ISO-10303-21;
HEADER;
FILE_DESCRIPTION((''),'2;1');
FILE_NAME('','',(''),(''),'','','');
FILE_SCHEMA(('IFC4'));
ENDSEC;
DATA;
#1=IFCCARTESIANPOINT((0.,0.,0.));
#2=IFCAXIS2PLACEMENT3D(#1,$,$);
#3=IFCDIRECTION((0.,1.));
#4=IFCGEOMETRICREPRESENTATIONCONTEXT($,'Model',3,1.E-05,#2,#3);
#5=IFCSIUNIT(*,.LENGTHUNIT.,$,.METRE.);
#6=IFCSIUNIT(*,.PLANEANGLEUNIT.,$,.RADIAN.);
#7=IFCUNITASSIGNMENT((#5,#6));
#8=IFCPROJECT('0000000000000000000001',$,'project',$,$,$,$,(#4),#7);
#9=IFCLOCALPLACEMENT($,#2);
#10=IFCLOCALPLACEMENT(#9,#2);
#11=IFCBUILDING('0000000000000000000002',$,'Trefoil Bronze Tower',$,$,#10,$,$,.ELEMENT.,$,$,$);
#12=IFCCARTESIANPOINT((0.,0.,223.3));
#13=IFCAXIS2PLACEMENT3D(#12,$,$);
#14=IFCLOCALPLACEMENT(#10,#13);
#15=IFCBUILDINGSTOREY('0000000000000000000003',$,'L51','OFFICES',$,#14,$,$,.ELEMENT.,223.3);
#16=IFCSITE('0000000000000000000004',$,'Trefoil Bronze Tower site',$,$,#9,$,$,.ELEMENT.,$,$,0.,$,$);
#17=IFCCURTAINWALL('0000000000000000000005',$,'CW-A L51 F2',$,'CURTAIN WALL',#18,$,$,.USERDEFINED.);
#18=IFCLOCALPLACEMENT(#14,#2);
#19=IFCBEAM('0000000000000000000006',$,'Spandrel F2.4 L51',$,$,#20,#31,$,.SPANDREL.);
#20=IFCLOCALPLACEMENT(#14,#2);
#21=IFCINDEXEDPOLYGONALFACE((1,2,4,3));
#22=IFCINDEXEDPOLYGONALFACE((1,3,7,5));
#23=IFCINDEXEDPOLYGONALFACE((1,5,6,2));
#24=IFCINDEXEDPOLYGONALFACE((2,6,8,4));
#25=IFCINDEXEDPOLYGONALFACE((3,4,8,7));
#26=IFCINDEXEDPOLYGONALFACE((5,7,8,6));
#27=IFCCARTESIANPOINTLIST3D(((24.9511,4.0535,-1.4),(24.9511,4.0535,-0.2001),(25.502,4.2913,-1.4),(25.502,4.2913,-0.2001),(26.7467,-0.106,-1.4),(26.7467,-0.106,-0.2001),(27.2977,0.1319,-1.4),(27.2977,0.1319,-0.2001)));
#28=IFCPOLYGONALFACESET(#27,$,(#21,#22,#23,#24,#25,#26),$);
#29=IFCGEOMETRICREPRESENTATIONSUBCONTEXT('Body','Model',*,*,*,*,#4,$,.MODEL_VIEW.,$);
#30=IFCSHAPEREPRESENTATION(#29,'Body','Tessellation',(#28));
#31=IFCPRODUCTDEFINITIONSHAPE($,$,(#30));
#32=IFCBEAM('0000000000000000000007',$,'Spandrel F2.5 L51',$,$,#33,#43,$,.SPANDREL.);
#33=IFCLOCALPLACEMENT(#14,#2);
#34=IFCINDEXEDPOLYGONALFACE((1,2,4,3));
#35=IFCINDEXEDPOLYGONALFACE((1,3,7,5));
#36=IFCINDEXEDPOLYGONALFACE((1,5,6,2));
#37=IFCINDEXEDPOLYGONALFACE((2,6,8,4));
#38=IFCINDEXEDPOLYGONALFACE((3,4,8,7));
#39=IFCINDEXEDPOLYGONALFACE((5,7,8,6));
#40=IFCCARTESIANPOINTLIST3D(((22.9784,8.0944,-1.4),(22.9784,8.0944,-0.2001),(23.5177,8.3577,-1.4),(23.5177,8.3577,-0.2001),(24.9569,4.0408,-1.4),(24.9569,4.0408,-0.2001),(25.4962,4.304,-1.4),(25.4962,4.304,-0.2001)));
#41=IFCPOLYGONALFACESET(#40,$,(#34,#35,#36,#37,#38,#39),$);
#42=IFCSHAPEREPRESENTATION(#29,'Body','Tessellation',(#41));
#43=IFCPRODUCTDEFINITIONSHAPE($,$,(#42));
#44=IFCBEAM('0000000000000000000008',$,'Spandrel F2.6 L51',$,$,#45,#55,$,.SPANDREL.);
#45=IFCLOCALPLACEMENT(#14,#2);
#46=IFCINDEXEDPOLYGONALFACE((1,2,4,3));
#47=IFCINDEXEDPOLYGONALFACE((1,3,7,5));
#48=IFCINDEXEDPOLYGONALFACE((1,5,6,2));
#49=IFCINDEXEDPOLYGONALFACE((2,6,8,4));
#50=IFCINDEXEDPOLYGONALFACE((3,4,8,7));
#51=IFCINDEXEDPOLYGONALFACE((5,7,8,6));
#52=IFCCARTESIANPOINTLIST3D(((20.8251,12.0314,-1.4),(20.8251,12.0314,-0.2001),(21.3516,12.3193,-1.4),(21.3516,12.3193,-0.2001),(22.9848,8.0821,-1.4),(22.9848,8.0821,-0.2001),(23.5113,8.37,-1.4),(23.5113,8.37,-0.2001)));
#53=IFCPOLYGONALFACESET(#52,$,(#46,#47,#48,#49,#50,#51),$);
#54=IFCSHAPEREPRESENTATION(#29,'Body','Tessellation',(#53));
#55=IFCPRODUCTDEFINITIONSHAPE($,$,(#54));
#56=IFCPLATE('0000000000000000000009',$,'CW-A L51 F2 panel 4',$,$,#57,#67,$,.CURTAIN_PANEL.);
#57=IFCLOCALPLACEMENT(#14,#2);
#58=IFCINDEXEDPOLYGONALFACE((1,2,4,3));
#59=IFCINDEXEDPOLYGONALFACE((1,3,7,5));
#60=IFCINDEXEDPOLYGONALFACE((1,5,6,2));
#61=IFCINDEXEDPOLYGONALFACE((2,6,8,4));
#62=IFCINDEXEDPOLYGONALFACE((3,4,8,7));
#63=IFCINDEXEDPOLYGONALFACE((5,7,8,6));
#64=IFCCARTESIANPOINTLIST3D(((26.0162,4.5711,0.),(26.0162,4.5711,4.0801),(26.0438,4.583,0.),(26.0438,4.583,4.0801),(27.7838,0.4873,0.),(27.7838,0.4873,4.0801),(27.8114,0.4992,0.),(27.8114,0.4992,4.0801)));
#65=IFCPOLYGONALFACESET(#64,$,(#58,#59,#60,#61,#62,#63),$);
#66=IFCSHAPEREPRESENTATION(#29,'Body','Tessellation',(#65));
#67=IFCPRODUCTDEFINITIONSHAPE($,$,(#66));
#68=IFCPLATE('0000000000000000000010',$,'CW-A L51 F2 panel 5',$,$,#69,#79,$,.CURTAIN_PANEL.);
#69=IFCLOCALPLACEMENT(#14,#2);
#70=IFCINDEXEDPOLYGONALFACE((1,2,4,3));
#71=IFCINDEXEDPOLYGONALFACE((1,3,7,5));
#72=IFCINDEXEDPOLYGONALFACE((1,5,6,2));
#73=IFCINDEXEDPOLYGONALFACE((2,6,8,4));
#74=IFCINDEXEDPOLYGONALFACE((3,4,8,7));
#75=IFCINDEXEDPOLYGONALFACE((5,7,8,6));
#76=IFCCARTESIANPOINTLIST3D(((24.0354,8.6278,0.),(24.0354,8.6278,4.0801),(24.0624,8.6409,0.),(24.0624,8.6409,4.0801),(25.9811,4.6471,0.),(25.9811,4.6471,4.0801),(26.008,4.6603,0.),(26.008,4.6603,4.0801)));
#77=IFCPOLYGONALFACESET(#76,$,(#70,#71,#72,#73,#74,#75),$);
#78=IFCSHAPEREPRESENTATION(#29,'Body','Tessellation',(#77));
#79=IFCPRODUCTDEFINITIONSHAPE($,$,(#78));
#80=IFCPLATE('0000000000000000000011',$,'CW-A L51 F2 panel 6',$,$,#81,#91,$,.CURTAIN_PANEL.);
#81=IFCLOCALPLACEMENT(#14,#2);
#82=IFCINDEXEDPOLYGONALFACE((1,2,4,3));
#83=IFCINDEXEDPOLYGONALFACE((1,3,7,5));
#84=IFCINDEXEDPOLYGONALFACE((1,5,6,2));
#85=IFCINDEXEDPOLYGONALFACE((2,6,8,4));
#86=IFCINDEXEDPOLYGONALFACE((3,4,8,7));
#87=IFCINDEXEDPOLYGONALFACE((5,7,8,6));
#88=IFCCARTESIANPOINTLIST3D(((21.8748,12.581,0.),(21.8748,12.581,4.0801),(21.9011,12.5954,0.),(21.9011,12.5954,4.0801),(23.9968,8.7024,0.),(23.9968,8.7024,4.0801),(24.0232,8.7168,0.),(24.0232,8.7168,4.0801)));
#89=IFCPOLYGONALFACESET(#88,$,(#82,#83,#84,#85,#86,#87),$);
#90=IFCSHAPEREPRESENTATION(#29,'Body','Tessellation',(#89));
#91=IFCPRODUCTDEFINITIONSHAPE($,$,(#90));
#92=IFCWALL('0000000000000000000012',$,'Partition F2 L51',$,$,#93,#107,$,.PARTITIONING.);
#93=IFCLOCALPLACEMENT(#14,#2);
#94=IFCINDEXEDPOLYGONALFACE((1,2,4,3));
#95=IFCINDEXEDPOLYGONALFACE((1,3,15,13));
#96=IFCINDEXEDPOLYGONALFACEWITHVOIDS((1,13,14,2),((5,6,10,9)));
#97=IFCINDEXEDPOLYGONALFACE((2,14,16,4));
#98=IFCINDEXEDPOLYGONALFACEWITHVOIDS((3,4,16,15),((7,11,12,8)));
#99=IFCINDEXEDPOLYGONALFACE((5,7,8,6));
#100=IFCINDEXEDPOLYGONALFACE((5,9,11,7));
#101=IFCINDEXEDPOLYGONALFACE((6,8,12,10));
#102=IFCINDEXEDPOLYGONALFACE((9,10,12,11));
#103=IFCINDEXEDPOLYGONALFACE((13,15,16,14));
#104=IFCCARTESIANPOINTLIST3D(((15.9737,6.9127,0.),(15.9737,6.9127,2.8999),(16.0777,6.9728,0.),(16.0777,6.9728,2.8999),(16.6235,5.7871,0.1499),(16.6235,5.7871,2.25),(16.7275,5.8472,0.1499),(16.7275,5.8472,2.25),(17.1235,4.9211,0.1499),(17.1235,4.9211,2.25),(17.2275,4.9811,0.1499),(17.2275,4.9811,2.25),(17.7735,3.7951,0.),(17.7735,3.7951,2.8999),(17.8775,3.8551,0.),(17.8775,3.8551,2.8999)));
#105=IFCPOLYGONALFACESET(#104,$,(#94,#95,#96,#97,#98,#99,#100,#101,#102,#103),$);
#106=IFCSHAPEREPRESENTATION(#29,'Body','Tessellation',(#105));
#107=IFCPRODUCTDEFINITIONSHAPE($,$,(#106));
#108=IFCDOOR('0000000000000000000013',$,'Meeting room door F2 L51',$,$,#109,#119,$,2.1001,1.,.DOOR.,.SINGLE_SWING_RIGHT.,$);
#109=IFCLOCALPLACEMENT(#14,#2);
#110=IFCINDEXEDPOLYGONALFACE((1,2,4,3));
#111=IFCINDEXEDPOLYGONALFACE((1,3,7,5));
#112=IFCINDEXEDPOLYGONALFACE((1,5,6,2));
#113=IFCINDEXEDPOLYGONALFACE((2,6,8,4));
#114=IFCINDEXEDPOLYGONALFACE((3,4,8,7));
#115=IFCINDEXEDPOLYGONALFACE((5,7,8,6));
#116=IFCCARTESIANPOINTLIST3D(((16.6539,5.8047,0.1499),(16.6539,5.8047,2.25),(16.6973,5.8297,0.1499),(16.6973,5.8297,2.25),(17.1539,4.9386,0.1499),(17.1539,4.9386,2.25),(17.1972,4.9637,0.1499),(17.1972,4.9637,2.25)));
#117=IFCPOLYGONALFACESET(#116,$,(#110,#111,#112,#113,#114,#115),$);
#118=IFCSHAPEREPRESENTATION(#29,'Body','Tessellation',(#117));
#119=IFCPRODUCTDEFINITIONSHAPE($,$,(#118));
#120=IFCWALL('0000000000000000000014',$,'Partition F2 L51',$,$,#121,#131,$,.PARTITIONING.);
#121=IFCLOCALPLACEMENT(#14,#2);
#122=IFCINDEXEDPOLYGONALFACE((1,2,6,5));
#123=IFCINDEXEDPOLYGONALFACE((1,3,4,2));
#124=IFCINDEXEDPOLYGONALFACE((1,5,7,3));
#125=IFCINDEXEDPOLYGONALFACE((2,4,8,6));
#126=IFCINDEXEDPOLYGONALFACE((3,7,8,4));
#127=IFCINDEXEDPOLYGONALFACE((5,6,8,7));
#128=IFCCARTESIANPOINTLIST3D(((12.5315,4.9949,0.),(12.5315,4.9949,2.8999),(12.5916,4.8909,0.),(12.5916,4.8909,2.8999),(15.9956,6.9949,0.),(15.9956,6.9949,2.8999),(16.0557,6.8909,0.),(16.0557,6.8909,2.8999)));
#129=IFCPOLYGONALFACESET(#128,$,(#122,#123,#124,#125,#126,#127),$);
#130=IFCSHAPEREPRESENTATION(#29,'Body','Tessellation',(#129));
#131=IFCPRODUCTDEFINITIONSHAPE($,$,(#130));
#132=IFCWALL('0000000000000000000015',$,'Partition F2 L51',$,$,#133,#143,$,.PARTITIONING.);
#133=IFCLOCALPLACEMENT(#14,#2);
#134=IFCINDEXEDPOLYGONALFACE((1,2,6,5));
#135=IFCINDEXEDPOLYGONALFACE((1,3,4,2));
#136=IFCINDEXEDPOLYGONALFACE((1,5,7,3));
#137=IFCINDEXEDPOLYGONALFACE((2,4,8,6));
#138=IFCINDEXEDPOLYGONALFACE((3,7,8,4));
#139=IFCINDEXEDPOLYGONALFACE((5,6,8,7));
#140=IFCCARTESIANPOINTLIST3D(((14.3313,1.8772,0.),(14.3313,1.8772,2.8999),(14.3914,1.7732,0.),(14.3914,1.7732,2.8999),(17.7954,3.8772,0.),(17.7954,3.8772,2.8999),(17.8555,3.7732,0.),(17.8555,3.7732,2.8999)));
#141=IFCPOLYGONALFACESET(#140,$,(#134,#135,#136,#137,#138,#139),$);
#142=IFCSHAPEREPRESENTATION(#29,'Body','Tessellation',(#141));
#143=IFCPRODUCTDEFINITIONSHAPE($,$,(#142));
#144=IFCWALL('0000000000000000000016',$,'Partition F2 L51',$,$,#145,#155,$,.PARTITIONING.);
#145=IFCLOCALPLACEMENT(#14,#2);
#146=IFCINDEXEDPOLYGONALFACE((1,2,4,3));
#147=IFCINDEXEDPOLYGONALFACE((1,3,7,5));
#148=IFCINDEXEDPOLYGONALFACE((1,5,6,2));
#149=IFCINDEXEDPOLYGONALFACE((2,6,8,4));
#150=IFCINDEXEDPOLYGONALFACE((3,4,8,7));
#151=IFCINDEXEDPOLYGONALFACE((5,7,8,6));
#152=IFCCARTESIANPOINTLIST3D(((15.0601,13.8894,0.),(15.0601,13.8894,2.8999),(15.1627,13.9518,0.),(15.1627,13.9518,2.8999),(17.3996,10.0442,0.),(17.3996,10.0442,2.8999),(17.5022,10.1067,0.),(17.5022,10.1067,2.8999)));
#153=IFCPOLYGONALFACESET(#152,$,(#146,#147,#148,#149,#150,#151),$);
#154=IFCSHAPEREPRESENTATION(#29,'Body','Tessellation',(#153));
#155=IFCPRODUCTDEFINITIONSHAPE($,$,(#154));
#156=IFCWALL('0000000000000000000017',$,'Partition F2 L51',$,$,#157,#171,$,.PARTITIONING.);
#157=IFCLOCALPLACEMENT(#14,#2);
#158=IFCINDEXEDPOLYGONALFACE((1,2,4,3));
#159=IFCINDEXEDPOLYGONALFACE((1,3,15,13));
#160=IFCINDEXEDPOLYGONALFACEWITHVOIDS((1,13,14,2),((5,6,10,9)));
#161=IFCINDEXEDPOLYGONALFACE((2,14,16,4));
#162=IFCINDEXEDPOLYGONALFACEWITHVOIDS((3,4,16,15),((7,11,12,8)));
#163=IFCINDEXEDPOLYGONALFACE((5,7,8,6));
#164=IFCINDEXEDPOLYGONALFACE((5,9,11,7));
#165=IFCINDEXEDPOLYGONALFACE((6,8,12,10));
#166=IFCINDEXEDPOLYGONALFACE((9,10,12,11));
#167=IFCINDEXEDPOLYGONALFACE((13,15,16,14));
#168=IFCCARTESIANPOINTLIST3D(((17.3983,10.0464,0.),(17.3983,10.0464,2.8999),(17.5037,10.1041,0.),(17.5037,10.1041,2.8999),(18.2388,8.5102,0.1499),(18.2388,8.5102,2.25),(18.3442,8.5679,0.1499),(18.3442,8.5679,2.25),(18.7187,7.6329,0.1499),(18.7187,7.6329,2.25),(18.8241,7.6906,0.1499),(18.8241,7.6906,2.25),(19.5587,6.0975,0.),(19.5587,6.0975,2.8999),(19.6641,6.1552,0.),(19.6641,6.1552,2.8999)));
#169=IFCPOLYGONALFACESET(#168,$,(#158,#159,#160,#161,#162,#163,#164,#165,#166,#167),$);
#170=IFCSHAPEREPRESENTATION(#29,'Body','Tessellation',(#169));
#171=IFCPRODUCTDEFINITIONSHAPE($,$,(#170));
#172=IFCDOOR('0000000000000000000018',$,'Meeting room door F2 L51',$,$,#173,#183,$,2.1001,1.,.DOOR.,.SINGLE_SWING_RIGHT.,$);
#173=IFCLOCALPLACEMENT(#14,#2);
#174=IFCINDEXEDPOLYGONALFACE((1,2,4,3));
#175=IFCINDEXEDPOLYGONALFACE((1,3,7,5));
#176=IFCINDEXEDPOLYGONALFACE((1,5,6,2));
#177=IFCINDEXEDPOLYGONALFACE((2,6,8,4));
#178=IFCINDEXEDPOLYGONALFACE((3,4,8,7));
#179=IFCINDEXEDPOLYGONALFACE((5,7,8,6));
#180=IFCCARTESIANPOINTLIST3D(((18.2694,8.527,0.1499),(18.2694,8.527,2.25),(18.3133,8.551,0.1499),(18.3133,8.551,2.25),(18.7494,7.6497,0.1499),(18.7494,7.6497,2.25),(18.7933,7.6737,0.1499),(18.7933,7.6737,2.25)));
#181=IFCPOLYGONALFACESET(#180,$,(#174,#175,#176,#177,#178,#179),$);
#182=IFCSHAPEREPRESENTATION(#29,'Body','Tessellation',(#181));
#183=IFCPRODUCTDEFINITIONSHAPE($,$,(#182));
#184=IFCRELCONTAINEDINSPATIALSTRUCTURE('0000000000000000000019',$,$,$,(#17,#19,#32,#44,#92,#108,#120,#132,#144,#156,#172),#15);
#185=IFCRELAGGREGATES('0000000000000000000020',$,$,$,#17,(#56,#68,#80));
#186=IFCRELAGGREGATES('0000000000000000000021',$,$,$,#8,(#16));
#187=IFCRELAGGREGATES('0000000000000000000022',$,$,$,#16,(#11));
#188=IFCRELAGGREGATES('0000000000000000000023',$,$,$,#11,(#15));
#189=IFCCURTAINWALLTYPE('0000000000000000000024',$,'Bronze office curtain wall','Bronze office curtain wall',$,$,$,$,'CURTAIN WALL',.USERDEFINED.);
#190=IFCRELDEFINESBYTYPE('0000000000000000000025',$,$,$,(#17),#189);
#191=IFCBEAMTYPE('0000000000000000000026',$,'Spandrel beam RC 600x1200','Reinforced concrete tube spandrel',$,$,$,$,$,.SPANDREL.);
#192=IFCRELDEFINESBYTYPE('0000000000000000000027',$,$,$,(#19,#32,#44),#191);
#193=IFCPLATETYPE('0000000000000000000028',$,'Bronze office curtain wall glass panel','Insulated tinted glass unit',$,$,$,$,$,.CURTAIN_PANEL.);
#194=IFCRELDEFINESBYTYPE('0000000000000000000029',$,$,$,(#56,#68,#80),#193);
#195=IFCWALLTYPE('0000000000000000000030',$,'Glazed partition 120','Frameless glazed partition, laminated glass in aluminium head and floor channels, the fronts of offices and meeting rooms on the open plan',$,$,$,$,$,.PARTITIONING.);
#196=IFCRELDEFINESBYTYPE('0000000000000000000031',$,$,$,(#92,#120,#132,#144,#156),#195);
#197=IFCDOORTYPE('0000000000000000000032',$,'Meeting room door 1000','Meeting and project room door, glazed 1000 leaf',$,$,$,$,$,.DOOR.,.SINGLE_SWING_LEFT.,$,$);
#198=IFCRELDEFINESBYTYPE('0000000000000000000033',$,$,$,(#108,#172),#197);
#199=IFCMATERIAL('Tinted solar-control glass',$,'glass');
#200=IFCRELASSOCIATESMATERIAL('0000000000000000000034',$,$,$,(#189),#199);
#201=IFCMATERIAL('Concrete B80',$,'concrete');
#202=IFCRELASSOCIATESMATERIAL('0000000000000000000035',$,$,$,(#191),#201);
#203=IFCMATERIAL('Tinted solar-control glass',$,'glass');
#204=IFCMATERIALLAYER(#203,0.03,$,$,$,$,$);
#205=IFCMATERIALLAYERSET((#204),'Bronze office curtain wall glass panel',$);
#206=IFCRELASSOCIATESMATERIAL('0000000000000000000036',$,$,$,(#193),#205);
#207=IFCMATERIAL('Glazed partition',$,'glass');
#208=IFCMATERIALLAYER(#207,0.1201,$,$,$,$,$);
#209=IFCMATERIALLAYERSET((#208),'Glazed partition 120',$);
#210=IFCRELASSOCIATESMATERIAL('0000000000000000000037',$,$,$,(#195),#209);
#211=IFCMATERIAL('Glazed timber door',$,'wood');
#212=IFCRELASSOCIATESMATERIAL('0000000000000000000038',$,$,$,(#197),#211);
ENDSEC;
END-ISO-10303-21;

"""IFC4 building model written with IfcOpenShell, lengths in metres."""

from ifc_helpers import new_model, si_unit, direction, frame, frame_2d, origin, origin_2d, place, context, subcontext, project, spatial, rectangle, extrude, material, layer, layer_set, material_profile, profile_set, type_object, element, fill, aggregate, save


model = new_model("IFC4")

# Units and contexts
model_context = context("Model", 3, precision=1e-05, world=origin(), true_north=direction((0.0, 1.0)))
body_context = subcontext(model_context, "Body", "Model", "MODEL_VIEW")
ifc_project = project(units=[si_unit("LENGTHUNIT", "METRE"), si_unit("PLANEANGLEUNIT", "RADIAN")], contexts=[model_context])

# Site, building, storey
site_placement = place(None, origin())
site = spatial("IfcSite", under=ifc_project, at=site_placement, Name="Trefoil Bronze Tower site", CompositionType="ELEMENT", RefElevation=0.0)
building_placement = place(site_placement, origin())
building = spatial("IfcBuilding", under=site, at=building_placement, Name="Trefoil Bronze Tower", CompositionType="ELEMENT")
storey_placement = place(building_placement, frame((0.0, 0.0, 223.3)))
storey = spatial("IfcBuildingStorey", under=building, at=storey_placement, Name="L51", Description="OFFICES", CompositionType="ELEMENT", Elevation=223.3)

# Curtain wall
ifc_material_1 = material(Name="Tinted solar-control glass", Category="glass")
curtain_wall_type = type_object("IfcCurtainWallType", Name="Bronze office curtain wall", Description="Bronze office curtain wall", ElementType="CURTAIN WALL", PredefinedType="USERDEFINED", material=ifc_material_1)
curtain_wall_placement = place(storey_placement, origin())
curtain_wall = element("IfcCurtainWall", 1, at=curtain_wall_placement, inside=storey, type_object=curtain_wall_type, Name="CW-A L51 F2", ObjectType="CURTAIN WALL", PredefinedType="USERDEFINED")

# Beams
ifc_material_2 = material(Name="Concrete B80", Category="concrete")
ifc_material_profile_1 = material_profile(ifc_material_2, rectangle(XDim=0.6001, YDim=1.2, at=origin_2d()), Name="RC 600x1200")
ifc_profile_set_1 = profile_set([ifc_material_profile_1], Name="Concrete B80")
beam_type_1 = type_object("IfcBeamType", Name="Spandrel beam RC 600x1200", Description="Reinforced concrete tube spandrel", PredefinedType="SPANDREL", material=ifc_profile_set_1)
beam_1_placement = place(storey_placement, frame((27.0222, 0.0129, -0.8), z_axis=(-0.39635, 0.918099, 0.0), x_axis=(-0.918099, -0.39635, 0.0)))
element("IfcBeam", 2, at=beam_1_placement, inside=storey, type_object=beam_type_1, Name="Spandrel F2.4 L51", PredefinedType="SPANDREL", context=body_context, shape_type="SweptSolid", body=[
    extrude(rectangle(XDim=0.6001, YDim=1.2, at=origin_2d()), origin(), (0.0, 0.0, 1.0), 4.5305),
])
beam_2_placement = place(storey_placement, frame((25.2266, 4.1724, -0.8), z_axis=(-0.43862, 0.898673, 0.0), x_axis=(-0.898673, -0.43862, 0.0)))
element("IfcBeam", 3, at=beam_2_placement, inside=storey, type_object=beam_type_1, Name="Spandrel F2.5 L51", PredefinedType="SPANDREL", context=body_context, shape_type="SweptSolid", body=[
    extrude(rectangle(XDim=0.6001, YDim=1.2, at=origin_2d()), origin(), (0.0, 0.0, 1.0), 4.5107),
])
beam_3_placement = place(storey_placement, frame((23.248, 8.2261, -0.8), z_axis=(-0.479802, 0.877377, 0.0), x_axis=(-0.877377, -0.479802, 0.0)))
element("IfcBeam", 4, at=beam_3_placement, inside=storey, type_object=beam_type_1, Name="Spandrel F2.6 L51", PredefinedType="SPANDREL", context=body_context, shape_type="SweptSolid", body=[
    extrude(rectangle(XDim=0.6001, YDim=1.2, at=origin_2d()), origin(), (0.0, 0.0, 1.0), 4.5012),
])

# Plates
ifc_material_3 = material(Name="Tinted solar-control glass", Category="glass")
ifc_layer_1 = layer(ifc_material_3, 0.03)
ifc_layer_set_1 = layer_set([ifc_layer_1], Name="Bronze office curtain wall glass panel")
plate_type = type_object("IfcPlateType", Name="Bronze office curtain wall glass panel", Description="Insulated tinted glass unit", PredefinedType="CURTAIN_PANEL", material=ifc_layer_set_1)
plate_1_placement = place(storey_placement, frame((26.9138, 2.5352, 0.0), z_axis=(0.0, 0.0, 1.0), x_axis=(-0.39722, 0.917723, 0.0)))
plate_1 = element("IfcPlate", 5, at=plate_1_placement, type_object=plate_type, Name="CW-A L51 F2 panel 4", PredefinedType="CURTAIN_PANEL", context=body_context, shape_type="SweptSolid", body=[
    extrude(rectangle(XDim=4.45, YDim=0.03, at=origin_2d()), origin(), (0.0, 0.0, 1.0), 4.0801),
])
plate_2_placement = place(storey_placement, frame((25.0217, 6.644, 0.0), z_axis=(0.0, 0.0, 1.0), x_axis=(-0.439129, 0.898424, 0.0)))
plate_2 = element("IfcPlate", 6, at=plate_2_placement, type_object=plate_type, Name="CW-A L51 F2 panel 5", PredefinedType="CURTAIN_PANEL", context=body_context, shape_type="SweptSolid", body=[
    extrude(rectangle(XDim=4.4307, YDim=0.03, at=origin_2d()), origin(), (0.0, 0.0, 1.0), 4.0801),
])
plate_3_placement = place(storey_placement, frame((22.949, 10.6489, 0.0), z_axis=(0.0, 0.0, 1.0), x_axis=(-0.479974, 0.877283, 0.0)))
plate_3 = element("IfcPlate", 7, at=plate_3_placement, type_object=plate_type, Name="CW-A L51 F2 panel 6", PredefinedType="CURTAIN_PANEL", context=body_context, shape_type="SweptSolid", body=[
    extrude(rectangle(XDim=4.4211, YDim=0.03, at=origin_2d()), origin(), (0.0, 0.0, 1.0), 4.0801),
])
aggregate(curtain_wall, [plate_1, plate_2, plate_3])

# Wall, opening, door
ifc_material_4 = material(Name="Glazed partition", Category="glass")
ifc_layer_2 = layer(ifc_material_4, 0.1201)
ifc_layer_set_2 = layer_set([ifc_layer_2], Name="Glazed partition 120")
wall_type_1 = type_object("IfcWallType", Name="Glazed partition 120", Description="Frameless glazed partition, laminated glass in aluminium head and floor channels, the fronts of offices and meeting rooms on the open plan", PredefinedType="PARTITIONING", material=ifc_layer_set_2)
wall_1_placement = place(storey_placement, frame((17.8254, 3.8252, 0.0), z_axis=(0.0, 0.0, 1.0), x_axis=(-0.499961, 0.866048, 0.0)))
wall_1 = element("IfcWall", 8, at=wall_1_placement, inside=storey, type_object=wall_type_1, Name="Partition F2 L51", PredefinedType="PARTITIONING", context=body_context, shape_type="SweptSolid", body=[
    extrude(rectangle(XDim=3.5999, YDim=0.1201, at=frame_2d((1.7998, 0.0))), origin(), (0.0, 0.0, 1.0), 2.8999),
])
opening_1_placement = place(wall_1_placement, frame((1.3, 0.0, 0.1499)))
opening_1 = element("IfcOpeningElement", 9, at=opening_1_placement, cuts=wall_1, PredefinedType="OPENING", context=body_context, shape_type="SweptSolid", body=[
    extrude(rectangle(XDim=1.0, YDim=2.1001, at=frame_2d((0.5, 1.05))), frame((0.0, 0.0701, 0.0), z_axis=(0.0, -1.0, 0.0), x_axis=(1.0, 0.0, 0.0)), (0.0, 0.0, 1.0), 0.1401),
])
ifc_material_5 = material(Name="Glazed timber door", Category="wood")
door_type = type_object("IfcDoorType", Name="Meeting room door 1000", Description="Meeting and project room door, glazed 1000 leaf", OperationType="SINGLE_SWING_LEFT", PredefinedType="DOOR", material=ifc_material_5)
door_1_placement = place(opening_1_placement, origin())
door_1 = element("IfcDoor", 10, at=door_1_placement, inside=storey, type_object=door_type, Name="Meeting room door F2 L51", OperationType="SINGLE_SWING_RIGHT", OverallHeight=2.1001, OverallWidth=1.0, PredefinedType="DOOR", context=body_context, shape_type="SweptSolid", body=[
    extrude(rectangle(XDim=1.0, YDim=2.1001, at=frame_2d((0.5, 1.05))), frame((0.0, 0.0249, 0.0), z_axis=(0.0, -1.0, 0.0), x_axis=(1.0, 0.0, 0.0)), (0.0, 0.0, 1.0), 0.05),
])
fill(opening_1, door_1)

# Walls
for number, where, z_axis, x_axis, name in (
    (11, (12.5615, 4.9429, 0.0), (0.0, 0.0, 1.0), (0.866026, 0.499999, 0.0), "Partition F2 L51"),
    (12, (14.3613, 1.8252, 0.0), (0.0, 0.0, 1.0), (0.866026, 0.499999, 0.0), "Partition F2 L51"),
):
    element("IfcWall", number, at=place(storey_placement, frame(where, z_axis=z_axis, x_axis=x_axis)), inside=storey, type_object=wall_type_1, Name=name, PredefinedType="PARTITIONING", context=body_context, shape_type="SweptSolid", body=[
        extrude(rectangle(XDim=4.0, YDim=0.1201, at=frame_2d((2.0, 0.0))), origin(), (0.0, 0.0, 1.0), 2.8999),
    ])
wall_2_placement = place(storey_placement, frame((17.4509, 10.0754, 0.0), z_axis=(0.0, 0.0, 1.0), x_axis=(-0.51979, 0.854294, 0.0)))
element("IfcWall", 13, at=wall_2_placement, inside=storey, type_object=wall_type_1, Name="Partition F2 L51", PredefinedType="PARTITIONING", context=body_context, shape_type="SweptSolid", body=[
    extrude(rectangle(XDim=4.501, YDim=0.1201, at=frame_2d((2.2505, 0.0))), origin(), (0.0, 0.0, 1.0), 2.8999),
])

# Wall, opening, door
wall_3_placement = place(storey_placement, frame((19.6113, 6.1265, 0.0), z_axis=(0.0, 0.0, 1.0), x_axis=(-0.47995, 0.877296, 0.0)))
wall_3 = element("IfcWall", 14, at=wall_3_placement, inside=storey, type_object=wall_type_1, Name="Partition F2 L51", PredefinedType="PARTITIONING", context=body_context, shape_type="SweptSolid", body=[
    extrude(rectangle(XDim=4.5012, YDim=0.1201, at=frame_2d((2.2505, 0.0))), origin(), (0.0, 0.0, 1.0), 2.8999),
])
opening_2_placement = place(wall_3_placement, frame((1.75, 0.0, 0.1499)))
opening_2 = element("IfcOpeningElement", 15, at=opening_2_placement, cuts=wall_3, PredefinedType="OPENING", context=body_context, shape_type="SweptSolid", body=[
    extrude(rectangle(XDim=1.0, YDim=2.1001, at=frame_2d((0.5, 1.05))), frame((0.0, 0.0701, 0.0), z_axis=(0.0, -1.0, 0.0), x_axis=(1.0, 0.0, 0.0)), (0.0, 0.0, 1.0), 0.1401),
])
door_2_placement = place(opening_2_placement, frame((1.0, 0.0, 0.0), z_axis=(0.0, 0.0, 1.0), x_axis=(-1.0, 0.0, 0.0)))
door_2 = element("IfcDoor", 16, at=door_2_placement, inside=storey, type_object=door_type, Name="Meeting room door F2 L51", OperationType="SINGLE_SWING_RIGHT", OverallHeight=2.1001, OverallWidth=1.0, PredefinedType="DOOR", context=body_context, shape_type="SweptSolid", body=[
    extrude(rectangle(XDim=1.0, YDim=2.1001, at=frame_2d((0.5, 1.05))), frame((0.0, 0.0249, 0.0), z_axis=(0.0, -1.0, 0.0), x_axis=(1.0, 0.0, 0.0)), (0.0, 0.0, 1.0), 0.05),
])
fill(opening_2, door_2)

save(model, "model.ifc")
